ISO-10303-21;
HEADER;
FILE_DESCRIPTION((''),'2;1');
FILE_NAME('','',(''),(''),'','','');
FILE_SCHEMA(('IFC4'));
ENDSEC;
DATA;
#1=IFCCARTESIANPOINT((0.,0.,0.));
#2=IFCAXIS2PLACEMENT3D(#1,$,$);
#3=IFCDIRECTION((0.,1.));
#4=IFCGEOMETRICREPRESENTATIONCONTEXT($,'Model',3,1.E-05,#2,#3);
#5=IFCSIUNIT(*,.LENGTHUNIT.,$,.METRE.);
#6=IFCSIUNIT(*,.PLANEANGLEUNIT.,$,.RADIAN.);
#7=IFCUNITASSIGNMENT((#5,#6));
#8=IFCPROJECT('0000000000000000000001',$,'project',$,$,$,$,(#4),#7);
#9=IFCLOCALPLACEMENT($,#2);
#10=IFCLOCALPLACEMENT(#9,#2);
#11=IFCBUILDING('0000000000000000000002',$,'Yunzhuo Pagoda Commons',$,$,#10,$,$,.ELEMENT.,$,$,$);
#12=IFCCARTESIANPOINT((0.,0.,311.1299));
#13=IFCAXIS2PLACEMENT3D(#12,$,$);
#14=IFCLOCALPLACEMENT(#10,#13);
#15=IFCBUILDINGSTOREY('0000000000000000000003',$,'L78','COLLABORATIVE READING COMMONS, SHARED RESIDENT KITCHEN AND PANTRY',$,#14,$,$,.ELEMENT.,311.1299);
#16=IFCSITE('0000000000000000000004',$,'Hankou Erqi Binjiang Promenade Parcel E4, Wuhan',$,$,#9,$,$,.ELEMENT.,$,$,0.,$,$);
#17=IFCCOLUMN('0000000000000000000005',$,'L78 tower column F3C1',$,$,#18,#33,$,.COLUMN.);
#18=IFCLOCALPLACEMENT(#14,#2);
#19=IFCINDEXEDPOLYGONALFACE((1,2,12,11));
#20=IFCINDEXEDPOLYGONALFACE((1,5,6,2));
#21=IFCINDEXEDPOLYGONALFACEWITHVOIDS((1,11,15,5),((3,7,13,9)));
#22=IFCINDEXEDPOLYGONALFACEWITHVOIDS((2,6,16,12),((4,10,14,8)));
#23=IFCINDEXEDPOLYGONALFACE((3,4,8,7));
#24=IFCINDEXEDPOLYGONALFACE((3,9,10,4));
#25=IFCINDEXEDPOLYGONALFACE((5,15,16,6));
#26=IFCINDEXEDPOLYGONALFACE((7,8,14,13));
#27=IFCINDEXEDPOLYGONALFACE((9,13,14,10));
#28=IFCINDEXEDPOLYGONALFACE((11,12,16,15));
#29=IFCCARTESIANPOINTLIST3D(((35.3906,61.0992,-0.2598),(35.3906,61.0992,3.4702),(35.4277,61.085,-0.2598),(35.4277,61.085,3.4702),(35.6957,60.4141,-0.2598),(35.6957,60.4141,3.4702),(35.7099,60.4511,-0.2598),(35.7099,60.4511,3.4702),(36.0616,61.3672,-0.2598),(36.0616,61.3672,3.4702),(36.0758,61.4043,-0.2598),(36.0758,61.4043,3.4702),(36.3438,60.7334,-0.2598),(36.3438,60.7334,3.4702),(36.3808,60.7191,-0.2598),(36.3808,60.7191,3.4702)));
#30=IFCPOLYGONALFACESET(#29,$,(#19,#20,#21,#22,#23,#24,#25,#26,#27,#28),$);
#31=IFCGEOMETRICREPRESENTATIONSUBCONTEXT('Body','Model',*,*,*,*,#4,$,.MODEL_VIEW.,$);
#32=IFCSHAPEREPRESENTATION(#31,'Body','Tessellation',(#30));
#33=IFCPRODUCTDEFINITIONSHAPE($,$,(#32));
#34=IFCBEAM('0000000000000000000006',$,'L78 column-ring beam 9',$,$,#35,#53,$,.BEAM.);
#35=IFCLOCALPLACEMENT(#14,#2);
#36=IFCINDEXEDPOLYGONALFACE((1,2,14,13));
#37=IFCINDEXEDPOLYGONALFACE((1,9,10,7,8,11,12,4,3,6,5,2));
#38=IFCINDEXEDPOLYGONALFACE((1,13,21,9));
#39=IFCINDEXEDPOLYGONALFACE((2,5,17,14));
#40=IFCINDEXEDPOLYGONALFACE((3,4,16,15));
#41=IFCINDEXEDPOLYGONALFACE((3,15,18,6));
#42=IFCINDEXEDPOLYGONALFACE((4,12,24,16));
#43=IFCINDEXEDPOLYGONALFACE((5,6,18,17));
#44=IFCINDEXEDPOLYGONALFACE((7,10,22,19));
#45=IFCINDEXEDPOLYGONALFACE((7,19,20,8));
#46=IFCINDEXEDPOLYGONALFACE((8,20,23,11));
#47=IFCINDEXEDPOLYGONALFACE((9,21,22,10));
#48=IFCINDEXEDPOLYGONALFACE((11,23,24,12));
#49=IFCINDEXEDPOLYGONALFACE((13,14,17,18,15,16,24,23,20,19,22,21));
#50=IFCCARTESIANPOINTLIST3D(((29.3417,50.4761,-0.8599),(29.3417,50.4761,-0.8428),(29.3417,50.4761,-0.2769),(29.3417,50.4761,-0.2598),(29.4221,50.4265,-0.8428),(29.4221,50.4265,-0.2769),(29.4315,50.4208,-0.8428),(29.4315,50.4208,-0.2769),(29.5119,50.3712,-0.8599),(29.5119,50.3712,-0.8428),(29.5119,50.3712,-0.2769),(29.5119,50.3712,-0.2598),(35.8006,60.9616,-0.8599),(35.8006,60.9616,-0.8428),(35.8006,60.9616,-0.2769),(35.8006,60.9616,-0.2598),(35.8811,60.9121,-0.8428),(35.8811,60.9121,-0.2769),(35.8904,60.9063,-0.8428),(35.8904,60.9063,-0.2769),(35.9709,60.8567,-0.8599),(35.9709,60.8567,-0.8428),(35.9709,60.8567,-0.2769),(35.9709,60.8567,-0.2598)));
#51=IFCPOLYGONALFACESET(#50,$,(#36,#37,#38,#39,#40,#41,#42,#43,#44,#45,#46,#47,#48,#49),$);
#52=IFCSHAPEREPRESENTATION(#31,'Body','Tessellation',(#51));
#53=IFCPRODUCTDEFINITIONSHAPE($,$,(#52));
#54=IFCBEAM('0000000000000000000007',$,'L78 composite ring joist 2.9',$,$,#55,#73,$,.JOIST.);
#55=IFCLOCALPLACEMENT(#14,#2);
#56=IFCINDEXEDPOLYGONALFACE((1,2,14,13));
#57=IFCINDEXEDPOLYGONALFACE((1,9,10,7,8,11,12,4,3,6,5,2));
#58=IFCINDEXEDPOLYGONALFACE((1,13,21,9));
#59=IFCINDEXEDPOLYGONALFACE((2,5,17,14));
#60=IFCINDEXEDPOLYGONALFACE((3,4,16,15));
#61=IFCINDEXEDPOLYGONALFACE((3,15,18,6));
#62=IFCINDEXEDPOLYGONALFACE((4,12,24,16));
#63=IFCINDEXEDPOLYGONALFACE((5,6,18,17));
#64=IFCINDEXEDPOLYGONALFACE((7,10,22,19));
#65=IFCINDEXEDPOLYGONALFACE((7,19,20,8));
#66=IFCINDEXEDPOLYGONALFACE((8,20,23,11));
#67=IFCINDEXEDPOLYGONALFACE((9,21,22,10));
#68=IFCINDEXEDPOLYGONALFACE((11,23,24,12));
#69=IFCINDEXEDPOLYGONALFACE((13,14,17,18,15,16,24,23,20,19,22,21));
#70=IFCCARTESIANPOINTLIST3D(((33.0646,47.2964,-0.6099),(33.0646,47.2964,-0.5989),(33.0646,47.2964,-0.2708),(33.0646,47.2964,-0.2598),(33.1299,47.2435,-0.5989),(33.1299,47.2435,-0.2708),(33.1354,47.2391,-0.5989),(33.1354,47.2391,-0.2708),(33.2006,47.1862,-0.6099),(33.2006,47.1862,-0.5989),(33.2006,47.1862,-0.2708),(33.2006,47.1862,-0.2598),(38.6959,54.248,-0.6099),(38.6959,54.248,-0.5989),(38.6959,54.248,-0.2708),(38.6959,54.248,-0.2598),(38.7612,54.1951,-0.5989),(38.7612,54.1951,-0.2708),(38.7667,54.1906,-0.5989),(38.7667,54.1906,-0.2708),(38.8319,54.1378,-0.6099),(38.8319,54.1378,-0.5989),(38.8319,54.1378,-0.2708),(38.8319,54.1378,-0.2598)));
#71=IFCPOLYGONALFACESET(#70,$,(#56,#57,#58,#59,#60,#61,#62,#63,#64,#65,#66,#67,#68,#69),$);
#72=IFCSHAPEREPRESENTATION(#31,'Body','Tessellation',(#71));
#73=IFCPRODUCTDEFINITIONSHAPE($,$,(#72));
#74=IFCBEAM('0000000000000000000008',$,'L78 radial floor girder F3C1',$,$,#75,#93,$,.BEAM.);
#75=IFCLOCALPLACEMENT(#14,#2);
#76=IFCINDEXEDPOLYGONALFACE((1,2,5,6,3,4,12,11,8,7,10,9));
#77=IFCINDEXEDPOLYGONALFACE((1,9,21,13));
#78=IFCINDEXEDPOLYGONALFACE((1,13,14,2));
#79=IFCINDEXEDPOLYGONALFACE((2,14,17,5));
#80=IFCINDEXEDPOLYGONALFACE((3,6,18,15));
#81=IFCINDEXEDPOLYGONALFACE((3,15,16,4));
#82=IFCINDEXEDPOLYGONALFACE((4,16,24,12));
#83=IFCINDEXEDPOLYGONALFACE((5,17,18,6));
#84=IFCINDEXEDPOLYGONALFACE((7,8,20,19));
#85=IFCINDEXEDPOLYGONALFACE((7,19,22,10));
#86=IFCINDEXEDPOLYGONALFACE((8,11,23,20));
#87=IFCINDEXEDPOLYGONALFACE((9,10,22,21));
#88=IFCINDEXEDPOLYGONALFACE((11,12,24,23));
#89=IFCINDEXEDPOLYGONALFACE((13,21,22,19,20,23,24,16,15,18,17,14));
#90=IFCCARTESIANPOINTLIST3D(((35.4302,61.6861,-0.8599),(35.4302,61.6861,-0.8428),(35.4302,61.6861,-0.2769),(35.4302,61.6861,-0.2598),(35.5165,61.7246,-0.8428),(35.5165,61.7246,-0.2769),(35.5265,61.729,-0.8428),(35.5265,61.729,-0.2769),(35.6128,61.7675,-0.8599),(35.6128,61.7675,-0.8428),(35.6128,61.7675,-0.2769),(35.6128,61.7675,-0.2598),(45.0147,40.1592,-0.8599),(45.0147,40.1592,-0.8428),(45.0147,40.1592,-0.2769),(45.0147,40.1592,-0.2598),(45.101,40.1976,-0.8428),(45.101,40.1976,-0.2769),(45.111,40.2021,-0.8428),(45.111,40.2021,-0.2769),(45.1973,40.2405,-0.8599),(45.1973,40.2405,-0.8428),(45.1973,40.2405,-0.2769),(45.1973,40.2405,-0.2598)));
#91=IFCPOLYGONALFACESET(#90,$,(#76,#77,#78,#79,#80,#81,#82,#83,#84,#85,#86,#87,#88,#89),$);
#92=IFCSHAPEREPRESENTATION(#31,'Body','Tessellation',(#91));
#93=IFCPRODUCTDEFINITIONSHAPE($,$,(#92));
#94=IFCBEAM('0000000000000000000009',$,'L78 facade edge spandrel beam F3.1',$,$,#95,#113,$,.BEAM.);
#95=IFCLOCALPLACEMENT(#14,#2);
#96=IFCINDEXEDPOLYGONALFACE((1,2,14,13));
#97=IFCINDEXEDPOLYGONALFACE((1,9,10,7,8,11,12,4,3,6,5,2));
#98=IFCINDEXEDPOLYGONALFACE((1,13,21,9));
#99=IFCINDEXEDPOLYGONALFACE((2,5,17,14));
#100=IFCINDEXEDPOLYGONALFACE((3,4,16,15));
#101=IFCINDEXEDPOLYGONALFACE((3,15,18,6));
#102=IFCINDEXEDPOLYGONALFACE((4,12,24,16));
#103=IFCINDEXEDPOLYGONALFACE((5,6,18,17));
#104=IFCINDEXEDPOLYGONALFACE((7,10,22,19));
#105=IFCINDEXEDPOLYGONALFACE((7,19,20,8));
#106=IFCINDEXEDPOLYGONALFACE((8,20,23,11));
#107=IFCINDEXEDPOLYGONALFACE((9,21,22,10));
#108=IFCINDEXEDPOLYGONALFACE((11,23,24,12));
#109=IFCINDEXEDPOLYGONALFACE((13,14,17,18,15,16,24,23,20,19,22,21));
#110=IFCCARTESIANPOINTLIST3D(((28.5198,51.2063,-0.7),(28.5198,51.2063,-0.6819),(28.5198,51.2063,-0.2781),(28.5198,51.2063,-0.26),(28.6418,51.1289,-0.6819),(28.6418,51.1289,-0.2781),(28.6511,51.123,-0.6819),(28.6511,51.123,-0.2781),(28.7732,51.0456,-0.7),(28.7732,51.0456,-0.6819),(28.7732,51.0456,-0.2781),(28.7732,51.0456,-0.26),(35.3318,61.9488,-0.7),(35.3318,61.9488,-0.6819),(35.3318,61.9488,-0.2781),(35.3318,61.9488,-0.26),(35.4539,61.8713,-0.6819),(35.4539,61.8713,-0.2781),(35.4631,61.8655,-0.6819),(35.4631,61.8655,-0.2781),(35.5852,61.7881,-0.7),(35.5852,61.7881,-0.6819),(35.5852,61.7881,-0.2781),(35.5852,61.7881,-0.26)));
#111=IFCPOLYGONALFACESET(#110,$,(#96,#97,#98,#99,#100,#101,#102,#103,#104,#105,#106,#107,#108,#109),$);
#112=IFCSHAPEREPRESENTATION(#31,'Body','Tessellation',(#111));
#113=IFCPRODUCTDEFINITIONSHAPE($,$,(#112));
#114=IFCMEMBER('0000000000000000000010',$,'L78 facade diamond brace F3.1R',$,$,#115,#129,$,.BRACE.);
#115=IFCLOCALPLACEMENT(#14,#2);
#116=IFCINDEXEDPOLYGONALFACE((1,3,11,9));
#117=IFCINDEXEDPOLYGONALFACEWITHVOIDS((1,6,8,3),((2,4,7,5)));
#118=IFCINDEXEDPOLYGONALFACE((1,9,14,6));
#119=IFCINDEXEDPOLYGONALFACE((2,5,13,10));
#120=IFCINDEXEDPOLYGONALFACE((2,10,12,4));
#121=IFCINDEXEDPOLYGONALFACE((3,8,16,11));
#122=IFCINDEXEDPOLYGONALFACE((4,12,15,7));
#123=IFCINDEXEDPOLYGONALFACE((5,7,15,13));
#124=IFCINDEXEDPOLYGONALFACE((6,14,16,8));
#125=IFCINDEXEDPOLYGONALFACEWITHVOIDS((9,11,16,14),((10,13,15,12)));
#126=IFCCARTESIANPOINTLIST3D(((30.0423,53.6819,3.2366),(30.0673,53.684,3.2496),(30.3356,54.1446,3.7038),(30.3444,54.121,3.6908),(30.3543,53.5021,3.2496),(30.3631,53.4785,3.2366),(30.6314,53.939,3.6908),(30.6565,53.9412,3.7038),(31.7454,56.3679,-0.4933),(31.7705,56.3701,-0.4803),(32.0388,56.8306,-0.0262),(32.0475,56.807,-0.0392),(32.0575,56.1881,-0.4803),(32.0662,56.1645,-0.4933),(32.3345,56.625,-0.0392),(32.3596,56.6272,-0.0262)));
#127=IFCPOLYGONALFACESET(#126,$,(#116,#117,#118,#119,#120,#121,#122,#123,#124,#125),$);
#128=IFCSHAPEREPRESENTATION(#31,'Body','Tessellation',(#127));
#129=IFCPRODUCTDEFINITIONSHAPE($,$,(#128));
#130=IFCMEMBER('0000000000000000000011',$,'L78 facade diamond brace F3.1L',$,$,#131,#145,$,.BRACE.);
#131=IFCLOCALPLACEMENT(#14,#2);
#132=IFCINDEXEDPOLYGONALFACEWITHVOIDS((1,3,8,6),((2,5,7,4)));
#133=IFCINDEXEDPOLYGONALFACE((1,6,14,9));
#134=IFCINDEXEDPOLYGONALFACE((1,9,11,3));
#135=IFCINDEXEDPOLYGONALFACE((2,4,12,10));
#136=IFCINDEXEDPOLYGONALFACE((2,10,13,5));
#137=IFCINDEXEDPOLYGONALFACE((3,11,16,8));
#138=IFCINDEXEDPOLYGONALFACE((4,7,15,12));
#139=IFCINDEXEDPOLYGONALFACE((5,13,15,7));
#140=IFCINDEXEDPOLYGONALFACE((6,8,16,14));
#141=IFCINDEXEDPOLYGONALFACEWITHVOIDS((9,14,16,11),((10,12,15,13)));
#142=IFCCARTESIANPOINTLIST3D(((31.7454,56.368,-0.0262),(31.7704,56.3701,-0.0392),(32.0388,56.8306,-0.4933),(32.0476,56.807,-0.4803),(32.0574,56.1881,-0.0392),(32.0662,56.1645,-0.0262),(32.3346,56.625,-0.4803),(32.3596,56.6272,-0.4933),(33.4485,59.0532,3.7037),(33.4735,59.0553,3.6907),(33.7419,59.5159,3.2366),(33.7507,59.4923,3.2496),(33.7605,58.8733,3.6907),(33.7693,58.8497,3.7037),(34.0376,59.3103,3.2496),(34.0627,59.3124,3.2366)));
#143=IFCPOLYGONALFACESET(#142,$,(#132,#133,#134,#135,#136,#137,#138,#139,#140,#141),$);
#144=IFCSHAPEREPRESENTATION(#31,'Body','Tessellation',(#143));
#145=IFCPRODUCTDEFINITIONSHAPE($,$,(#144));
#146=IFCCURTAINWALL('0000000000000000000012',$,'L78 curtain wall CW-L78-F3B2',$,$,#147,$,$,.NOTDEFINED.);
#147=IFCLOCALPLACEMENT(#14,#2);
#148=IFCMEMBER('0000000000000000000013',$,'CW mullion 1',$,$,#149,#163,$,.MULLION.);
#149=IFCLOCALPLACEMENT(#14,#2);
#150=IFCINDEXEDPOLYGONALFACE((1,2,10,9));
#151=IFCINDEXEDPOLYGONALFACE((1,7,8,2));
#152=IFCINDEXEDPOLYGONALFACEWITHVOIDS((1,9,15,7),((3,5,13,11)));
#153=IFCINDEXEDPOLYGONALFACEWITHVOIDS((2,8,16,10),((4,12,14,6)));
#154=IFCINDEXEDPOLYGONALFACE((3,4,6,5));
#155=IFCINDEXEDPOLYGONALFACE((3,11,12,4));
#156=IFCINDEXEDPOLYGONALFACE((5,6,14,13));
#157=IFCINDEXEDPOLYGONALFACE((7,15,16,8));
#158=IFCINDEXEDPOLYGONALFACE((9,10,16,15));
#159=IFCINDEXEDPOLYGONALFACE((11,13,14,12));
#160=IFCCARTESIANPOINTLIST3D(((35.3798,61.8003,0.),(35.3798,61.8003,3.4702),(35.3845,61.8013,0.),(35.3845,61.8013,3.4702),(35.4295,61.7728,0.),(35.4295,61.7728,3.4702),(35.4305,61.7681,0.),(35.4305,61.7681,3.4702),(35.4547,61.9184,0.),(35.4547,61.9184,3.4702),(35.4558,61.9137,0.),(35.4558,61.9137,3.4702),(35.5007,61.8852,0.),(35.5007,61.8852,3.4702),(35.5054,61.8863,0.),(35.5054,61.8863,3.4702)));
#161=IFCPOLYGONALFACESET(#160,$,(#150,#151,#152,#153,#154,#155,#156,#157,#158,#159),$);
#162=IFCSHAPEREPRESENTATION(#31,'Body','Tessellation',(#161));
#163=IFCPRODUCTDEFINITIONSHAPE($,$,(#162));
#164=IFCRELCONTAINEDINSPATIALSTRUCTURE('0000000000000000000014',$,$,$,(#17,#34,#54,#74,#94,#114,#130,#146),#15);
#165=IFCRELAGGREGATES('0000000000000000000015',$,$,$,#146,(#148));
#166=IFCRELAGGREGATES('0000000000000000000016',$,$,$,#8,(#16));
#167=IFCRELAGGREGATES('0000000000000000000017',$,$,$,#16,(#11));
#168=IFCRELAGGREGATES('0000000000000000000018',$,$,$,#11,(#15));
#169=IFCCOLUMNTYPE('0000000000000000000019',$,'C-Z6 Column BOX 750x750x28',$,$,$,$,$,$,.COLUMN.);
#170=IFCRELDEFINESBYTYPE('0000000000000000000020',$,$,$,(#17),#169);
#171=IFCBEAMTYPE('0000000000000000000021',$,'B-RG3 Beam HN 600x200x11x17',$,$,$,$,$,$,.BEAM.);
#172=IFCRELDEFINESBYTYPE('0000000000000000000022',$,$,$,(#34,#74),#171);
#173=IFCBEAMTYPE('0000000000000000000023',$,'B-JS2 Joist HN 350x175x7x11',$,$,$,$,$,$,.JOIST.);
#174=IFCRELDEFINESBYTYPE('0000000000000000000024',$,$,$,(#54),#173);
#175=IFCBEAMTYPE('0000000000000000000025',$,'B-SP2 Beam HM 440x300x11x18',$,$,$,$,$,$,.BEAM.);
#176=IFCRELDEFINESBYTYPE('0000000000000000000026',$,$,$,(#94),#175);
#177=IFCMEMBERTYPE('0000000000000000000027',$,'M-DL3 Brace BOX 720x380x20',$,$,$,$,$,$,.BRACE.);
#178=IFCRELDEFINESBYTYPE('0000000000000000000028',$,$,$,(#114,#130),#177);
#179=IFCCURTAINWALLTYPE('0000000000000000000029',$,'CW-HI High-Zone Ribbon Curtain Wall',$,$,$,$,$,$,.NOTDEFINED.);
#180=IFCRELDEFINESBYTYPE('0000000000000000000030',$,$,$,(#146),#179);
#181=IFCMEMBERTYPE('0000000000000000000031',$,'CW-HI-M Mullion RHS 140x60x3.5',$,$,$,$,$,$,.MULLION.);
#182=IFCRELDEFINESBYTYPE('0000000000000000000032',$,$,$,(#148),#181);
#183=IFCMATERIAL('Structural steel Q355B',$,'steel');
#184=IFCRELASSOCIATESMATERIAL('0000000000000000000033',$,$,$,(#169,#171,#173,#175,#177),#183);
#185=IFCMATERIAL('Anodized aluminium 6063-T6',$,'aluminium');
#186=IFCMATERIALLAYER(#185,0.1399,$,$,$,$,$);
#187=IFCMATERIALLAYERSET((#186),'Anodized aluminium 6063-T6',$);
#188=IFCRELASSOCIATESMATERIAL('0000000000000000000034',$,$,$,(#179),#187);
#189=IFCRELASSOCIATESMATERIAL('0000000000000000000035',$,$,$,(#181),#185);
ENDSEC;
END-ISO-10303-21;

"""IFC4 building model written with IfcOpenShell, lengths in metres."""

from ifc_helpers import new_model, si_unit, direction, frame, origin, origin_2d, place, context, subcontext, project, spatial, hollow_rectangle, i_section, extrude, source, transform, mapped, material, layer, layer_set, material_profile, profile_set, type_object, element, aggregate, save


model = new_model("IFC4")

# Units and contexts
model_context = context("Model", 3, precision=1e-05, world=origin(), true_north=direction((0.0, 1.0)))
body_context = subcontext(model_context, "Body", "Model", "MODEL_VIEW")
ifc_project = project(units=[si_unit("LENGTHUNIT", "METRE"), si_unit("PLANEANGLEUNIT", "RADIAN")], contexts=[model_context])

# Site, building, storey
site_placement = place(None, origin())
site = spatial("IfcSite", under=ifc_project, at=site_placement, Name="Hankou Erqi Binjiang Promenade Parcel E4, Wuhan", CompositionType="ELEMENT", RefElevation=0.0)
building_placement = place(site_placement, origin())
building = spatial("IfcBuilding", under=site, at=building_placement, Name="Yunzhuo Pagoda Commons", CompositionType="ELEMENT")
storey_placement = place(building_placement, frame((0.0, 0.0, 311.1299)))
storey = spatial("IfcBuildingStorey", under=building, at=storey_placement, Name="L78", Description="COLLABORATIVE READING COMMONS, SHARED RESIDENT KITCHEN AND PANTRY", CompositionType="ELEMENT", Elevation=311.1299)

# Column
ifc_material_1 = material(Name="Structural steel Q355B", Category="steel")
ifc_material_profile_1 = material_profile(ifc_material_1, hollow_rectangle(XDim=0.75, YDim=0.75, WallThickness=0.0281, at=origin_2d()), Name="Structural steel Q355B")
ifc_profile_set_1 = profile_set([ifc_material_profile_1], Name="Structural steel Q355B")
column_type = type_object("IfcColumnType", Name="C-Z6 Column BOX 750x750x28", PredefinedType="COLUMN", material=ifc_profile_set_1)
shared_shape_1 = source(origin(), body_context, "Body", "SweptSolid", [
    extrude(hollow_rectangle(XDim=0.75, YDim=0.75, WallThickness=0.0281, at=origin_2d()), origin(), (0.0, 0.0, 1.0), 3.73),
])
column_placement = place(storey_placement, frame((35.8857, 60.9092, -0.2598), z_axis=(0.0, 0.0, 1.0), x_axis=(-0.913545, -0.406737, 0.0)))
element("IfcColumn", 1, at=column_placement, inside=storey, type_object=column_type, Name="L78 tower column F3C1", PredefinedType="COLUMN", context=body_context, shape_type="MappedRepresentation", body=[
    mapped(shared_shape_1, transform((0.0, 0.0, 0.0), scale=1.0)),
])

# Beams
ifc_material_profile_2 = material_profile(ifc_material_1, i_section(OverallWidth=0.2, OverallDepth=0.6001, WebThickness=0.011, FlangeThickness=0.0171, at=origin_2d()), Name="Structural steel Q355B")
ifc_profile_set_2 = profile_set([ifc_material_profile_2], Name="Structural steel Q355B")
beam_type_1 = type_object("IfcBeamType", Name="B-RG3 Beam HN 600x200x11x17", PredefinedType="BEAM", material=ifc_profile_set_2)
shared_shape_2 = source(origin(), body_context, "Body", "SweptSolid", [
    extrude(i_section(OverallWidth=0.2, OverallDepth=0.6001, WebThickness=0.011, FlangeThickness=0.0171, at=origin_2d()), origin(), (0.0, 0.0, 1.0), 12.3152),
])
beam_1_placement = place(storey_placement, frame((35.8857, 60.9092, -0.5598), z_axis=(-0.524469, -0.85143, 0.0), x_axis=(0.85143, -0.524469, 0.0)))
element("IfcBeam", 2, at=beam_1_placement, inside=storey, type_object=beam_type_1, Name="L78 column-ring beam 9", PredefinedType="BEAM", context=body_context, shape_type="MappedRepresentation", body=[
    mapped(shared_shape_2, transform((0.0, 0.0, 0.0), scale=1.0)),
])
ifc_material_profile_3 = material_profile(ifc_material_1, i_section(OverallWidth=0.175, OverallDepth=0.3501, WebThickness=0.0071, FlangeThickness=0.011, at=origin_2d()), Name="Structural steel Q355B")
ifc_profile_set_3 = profile_set([ifc_material_profile_3], Name="Structural steel Q355B")
beam_type_2 = type_object("IfcBeamType", Name="B-JS2 Joist HN 350x175x7x11", PredefinedType="JOIST", material=ifc_profile_set_3)
shared_shape_3 = source(origin(), body_context, "Body", "SweptSolid", [
    extrude(i_section(OverallWidth=0.175, OverallDepth=0.3501, WebThickness=0.0071, FlangeThickness=0.011, at=origin_2d()), origin(), (0.0, 0.0, 1.0), 8.9463),
])
beam_2_placement = place(storey_placement, frame((38.7639, 54.1929, -0.4348), z_axis=(-0.629456, -0.777036, 0.0), x_axis=(0.777036, -0.629456, 0.0)))
element("IfcBeam", 3, at=beam_2_placement, inside=storey, type_object=beam_type_2, Name="L78 composite ring joist 2.9", PredefinedType="JOIST", context=body_context, shape_type="MappedRepresentation", body=[
    mapped(shared_shape_3, transform((0.0, 0.0, 0.0), scale=1.0)),
])
shared_shape_4 = source(origin(), body_context, "Body", "SweptSolid", [
    extrude(i_section(OverallWidth=0.2, OverallDepth=0.6001, WebThickness=0.011, FlangeThickness=0.0171, at=origin_2d()), origin(), (0.0, 0.0, 1.0), 23.5642),
])
beam_3_placement = place(storey_placement, frame((35.5215, 61.7268, -0.5598), z_axis=(0.40674, -0.913544, 0.0), x_axis=(0.913544, 0.40674, 0.0)))
element("IfcBeam", 4, at=beam_3_placement, inside=storey, type_object=beam_type_1, Name="L78 radial floor girder F3C1", PredefinedType="BEAM", context=body_context, shape_type="MappedRepresentation", body=[
    mapped(shared_shape_4, transform((0.0, 0.0, 0.0), scale=1.0)),
])
ifc_material_profile_4 = material_profile(ifc_material_1, i_section(OverallWidth=0.3, OverallDepth=0.4399, WebThickness=0.011, FlangeThickness=0.0181, at=origin_2d()), Name="Structural steel Q355B")
ifc_profile_set_4 = profile_set([ifc_material_profile_4], Name="Structural steel Q355B")
beam_type_3 = type_object("IfcBeamType", Name="B-SP2 Beam HM 440x300x11x18", PredefinedType="BEAM", material=ifc_profile_set_4)
shared_shape_5 = source(origin(), body_context, "Body", "SweptSolid", [
    extrude(i_section(OverallWidth=0.3, OverallDepth=0.4399, WebThickness=0.011, FlangeThickness=0.0181, at=origin_2d()), origin(), (0.0, 0.0, 1.0), 12.7202),
])
beam_4_placement = place(storey_placement, frame((35.4585, 61.8684, -0.48), z_axis=(-0.535527, -0.844518, 0.0), x_axis=(0.844518, -0.535527, 0.0)))
element("IfcBeam", 5, at=beam_4_placement, inside=storey, type_object=beam_type_3, Name="L78 facade edge spandrel beam F3.1", PredefinedType="BEAM", context=body_context, shape_type="MappedRepresentation", body=[
    mapped(shared_shape_5, transform((0.0, 0.0, 0.0), scale=1.0)),
])

# Members
ifc_material_profile_5 = material_profile(ifc_material_1, hollow_rectangle(XDim=0.3799, YDim=0.72, WallThickness=0.02, at=origin_2d()), Name="Structural steel Q355B")
ifc_profile_set_5 = profile_set([ifc_material_profile_5], Name="Structural steel Q355B")
member_type_1 = type_object("IfcMemberType", Name="M-DL3 Brace BOX 720x380x20", PredefinedType="BRACE", material=ifc_profile_set_5)
shared_shape_6 = source(origin(), body_context, "Body", "SweptSolid", [
    extrude(hollow_rectangle(XDim=0.3799, YDim=0.72, WallThickness=0.02, at=origin_2d()), origin(), (0.0, 0.0, 1.0), 4.9019),
])
member_1_placement = place(storey_placement, frame((32.0525, 56.4976, -0.2598), z_axis=(-0.347445, -0.547963, 0.760933), x_axis=(0.844539, -0.535494, 0.0)))
element("IfcMember", 6, at=member_1_placement, inside=storey, type_object=member_type_1, Name="L78 facade diamond brace F3.1R", PredefinedType="BRACE", context=body_context, shape_type="MappedRepresentation", body=[
    mapped(shared_shape_6, transform((0.0, 0.0, 0.0), scale=1.0)),
])
shared_shape_7 = source(origin(), body_context, "Body", "SweptSolid", [
    extrude(hollow_rectangle(XDim=0.3799, YDim=0.72, WallThickness=0.02, at=origin_2d()), origin(), (0.0, 0.0, 1.0), 4.9014),
])
member_2_placement = place(storey_placement, frame((32.0525, 56.4976, -0.2598), z_axis=(0.347474, 0.547859, 0.760995), x_axis=(-0.844473, 0.535598, 0.0)))
element("IfcMember", 7, at=member_2_placement, inside=storey, type_object=member_type_1, Name="L78 facade diamond brace F3.1L", PredefinedType="BRACE", context=body_context, shape_type="MappedRepresentation", body=[
    mapped(shared_shape_7, transform((0.0, 0.0, 0.0), scale=1.0)),
])

# Curtain wall, member
ifc_material_2 = material(Name="Anodized aluminium 6063-T6", Category="aluminium")
ifc_layer_1 = layer(ifc_material_2, 0.1399)
ifc_layer_set_1 = layer_set([ifc_layer_1], Name="Anodized aluminium 6063-T6")
curtain_wall_type = type_object("IfcCurtainWallType", Name="CW-HI High-Zone Ribbon Curtain Wall", PredefinedType="NOTDEFINED", material=ifc_layer_set_1)
curtain_wall_1_placement = place(storey_placement, origin())
curtain_wall_1 = element("IfcCurtainWall", 8, at=curtain_wall_1_placement, inside=storey, type_object=curtain_wall_type, Name="L78 curtain wall CW-L78-F3B2", PredefinedType="NOTDEFINED")
ifc_material_profile_6 = material_profile(ifc_material_2, hollow_rectangle(XDim=0.0601, YDim=0.1399, WallThickness=0.0034, at=origin_2d()), Name="Anodized aluminium 6063-T6")
ifc_profile_set_6 = profile_set([ifc_material_profile_6], Name="Anodized aluminium 6063-T6")
member_type_2 = type_object("IfcMemberType", Name="CW-HI-M Mullion RHS 140x60x3.5", PredefinedType="MULLION", material=ifc_profile_set_6)
shared_shape_8 = source(origin(), body_context, "Body", "SweptSolid", [
    extrude(hollow_rectangle(XDim=0.0601, YDim=0.1399, WallThickness=0.0034, at=origin_2d()), origin(), (0.0, 0.0, 1.0), 3.4702),
])
member_3_placement = place(storey_placement, frame((35.4426, 61.8433, 0.0), z_axis=(0.0, 0.0, 1.0), x_axis=(0.844513, -0.535535, 0.0)))
member_3 = element("IfcMember", 9, at=member_3_placement, type_object=member_type_2, Name="CW mullion 1", PredefinedType="MULLION", context=body_context, shape_type="MappedRepresentation", body=[
    mapped(shared_shape_8, transform((0.0, 0.0, 0.0), scale=1.0)),
])

aggregate(curtain_wall_1, [member_3])

save(model, "model.ifc")
